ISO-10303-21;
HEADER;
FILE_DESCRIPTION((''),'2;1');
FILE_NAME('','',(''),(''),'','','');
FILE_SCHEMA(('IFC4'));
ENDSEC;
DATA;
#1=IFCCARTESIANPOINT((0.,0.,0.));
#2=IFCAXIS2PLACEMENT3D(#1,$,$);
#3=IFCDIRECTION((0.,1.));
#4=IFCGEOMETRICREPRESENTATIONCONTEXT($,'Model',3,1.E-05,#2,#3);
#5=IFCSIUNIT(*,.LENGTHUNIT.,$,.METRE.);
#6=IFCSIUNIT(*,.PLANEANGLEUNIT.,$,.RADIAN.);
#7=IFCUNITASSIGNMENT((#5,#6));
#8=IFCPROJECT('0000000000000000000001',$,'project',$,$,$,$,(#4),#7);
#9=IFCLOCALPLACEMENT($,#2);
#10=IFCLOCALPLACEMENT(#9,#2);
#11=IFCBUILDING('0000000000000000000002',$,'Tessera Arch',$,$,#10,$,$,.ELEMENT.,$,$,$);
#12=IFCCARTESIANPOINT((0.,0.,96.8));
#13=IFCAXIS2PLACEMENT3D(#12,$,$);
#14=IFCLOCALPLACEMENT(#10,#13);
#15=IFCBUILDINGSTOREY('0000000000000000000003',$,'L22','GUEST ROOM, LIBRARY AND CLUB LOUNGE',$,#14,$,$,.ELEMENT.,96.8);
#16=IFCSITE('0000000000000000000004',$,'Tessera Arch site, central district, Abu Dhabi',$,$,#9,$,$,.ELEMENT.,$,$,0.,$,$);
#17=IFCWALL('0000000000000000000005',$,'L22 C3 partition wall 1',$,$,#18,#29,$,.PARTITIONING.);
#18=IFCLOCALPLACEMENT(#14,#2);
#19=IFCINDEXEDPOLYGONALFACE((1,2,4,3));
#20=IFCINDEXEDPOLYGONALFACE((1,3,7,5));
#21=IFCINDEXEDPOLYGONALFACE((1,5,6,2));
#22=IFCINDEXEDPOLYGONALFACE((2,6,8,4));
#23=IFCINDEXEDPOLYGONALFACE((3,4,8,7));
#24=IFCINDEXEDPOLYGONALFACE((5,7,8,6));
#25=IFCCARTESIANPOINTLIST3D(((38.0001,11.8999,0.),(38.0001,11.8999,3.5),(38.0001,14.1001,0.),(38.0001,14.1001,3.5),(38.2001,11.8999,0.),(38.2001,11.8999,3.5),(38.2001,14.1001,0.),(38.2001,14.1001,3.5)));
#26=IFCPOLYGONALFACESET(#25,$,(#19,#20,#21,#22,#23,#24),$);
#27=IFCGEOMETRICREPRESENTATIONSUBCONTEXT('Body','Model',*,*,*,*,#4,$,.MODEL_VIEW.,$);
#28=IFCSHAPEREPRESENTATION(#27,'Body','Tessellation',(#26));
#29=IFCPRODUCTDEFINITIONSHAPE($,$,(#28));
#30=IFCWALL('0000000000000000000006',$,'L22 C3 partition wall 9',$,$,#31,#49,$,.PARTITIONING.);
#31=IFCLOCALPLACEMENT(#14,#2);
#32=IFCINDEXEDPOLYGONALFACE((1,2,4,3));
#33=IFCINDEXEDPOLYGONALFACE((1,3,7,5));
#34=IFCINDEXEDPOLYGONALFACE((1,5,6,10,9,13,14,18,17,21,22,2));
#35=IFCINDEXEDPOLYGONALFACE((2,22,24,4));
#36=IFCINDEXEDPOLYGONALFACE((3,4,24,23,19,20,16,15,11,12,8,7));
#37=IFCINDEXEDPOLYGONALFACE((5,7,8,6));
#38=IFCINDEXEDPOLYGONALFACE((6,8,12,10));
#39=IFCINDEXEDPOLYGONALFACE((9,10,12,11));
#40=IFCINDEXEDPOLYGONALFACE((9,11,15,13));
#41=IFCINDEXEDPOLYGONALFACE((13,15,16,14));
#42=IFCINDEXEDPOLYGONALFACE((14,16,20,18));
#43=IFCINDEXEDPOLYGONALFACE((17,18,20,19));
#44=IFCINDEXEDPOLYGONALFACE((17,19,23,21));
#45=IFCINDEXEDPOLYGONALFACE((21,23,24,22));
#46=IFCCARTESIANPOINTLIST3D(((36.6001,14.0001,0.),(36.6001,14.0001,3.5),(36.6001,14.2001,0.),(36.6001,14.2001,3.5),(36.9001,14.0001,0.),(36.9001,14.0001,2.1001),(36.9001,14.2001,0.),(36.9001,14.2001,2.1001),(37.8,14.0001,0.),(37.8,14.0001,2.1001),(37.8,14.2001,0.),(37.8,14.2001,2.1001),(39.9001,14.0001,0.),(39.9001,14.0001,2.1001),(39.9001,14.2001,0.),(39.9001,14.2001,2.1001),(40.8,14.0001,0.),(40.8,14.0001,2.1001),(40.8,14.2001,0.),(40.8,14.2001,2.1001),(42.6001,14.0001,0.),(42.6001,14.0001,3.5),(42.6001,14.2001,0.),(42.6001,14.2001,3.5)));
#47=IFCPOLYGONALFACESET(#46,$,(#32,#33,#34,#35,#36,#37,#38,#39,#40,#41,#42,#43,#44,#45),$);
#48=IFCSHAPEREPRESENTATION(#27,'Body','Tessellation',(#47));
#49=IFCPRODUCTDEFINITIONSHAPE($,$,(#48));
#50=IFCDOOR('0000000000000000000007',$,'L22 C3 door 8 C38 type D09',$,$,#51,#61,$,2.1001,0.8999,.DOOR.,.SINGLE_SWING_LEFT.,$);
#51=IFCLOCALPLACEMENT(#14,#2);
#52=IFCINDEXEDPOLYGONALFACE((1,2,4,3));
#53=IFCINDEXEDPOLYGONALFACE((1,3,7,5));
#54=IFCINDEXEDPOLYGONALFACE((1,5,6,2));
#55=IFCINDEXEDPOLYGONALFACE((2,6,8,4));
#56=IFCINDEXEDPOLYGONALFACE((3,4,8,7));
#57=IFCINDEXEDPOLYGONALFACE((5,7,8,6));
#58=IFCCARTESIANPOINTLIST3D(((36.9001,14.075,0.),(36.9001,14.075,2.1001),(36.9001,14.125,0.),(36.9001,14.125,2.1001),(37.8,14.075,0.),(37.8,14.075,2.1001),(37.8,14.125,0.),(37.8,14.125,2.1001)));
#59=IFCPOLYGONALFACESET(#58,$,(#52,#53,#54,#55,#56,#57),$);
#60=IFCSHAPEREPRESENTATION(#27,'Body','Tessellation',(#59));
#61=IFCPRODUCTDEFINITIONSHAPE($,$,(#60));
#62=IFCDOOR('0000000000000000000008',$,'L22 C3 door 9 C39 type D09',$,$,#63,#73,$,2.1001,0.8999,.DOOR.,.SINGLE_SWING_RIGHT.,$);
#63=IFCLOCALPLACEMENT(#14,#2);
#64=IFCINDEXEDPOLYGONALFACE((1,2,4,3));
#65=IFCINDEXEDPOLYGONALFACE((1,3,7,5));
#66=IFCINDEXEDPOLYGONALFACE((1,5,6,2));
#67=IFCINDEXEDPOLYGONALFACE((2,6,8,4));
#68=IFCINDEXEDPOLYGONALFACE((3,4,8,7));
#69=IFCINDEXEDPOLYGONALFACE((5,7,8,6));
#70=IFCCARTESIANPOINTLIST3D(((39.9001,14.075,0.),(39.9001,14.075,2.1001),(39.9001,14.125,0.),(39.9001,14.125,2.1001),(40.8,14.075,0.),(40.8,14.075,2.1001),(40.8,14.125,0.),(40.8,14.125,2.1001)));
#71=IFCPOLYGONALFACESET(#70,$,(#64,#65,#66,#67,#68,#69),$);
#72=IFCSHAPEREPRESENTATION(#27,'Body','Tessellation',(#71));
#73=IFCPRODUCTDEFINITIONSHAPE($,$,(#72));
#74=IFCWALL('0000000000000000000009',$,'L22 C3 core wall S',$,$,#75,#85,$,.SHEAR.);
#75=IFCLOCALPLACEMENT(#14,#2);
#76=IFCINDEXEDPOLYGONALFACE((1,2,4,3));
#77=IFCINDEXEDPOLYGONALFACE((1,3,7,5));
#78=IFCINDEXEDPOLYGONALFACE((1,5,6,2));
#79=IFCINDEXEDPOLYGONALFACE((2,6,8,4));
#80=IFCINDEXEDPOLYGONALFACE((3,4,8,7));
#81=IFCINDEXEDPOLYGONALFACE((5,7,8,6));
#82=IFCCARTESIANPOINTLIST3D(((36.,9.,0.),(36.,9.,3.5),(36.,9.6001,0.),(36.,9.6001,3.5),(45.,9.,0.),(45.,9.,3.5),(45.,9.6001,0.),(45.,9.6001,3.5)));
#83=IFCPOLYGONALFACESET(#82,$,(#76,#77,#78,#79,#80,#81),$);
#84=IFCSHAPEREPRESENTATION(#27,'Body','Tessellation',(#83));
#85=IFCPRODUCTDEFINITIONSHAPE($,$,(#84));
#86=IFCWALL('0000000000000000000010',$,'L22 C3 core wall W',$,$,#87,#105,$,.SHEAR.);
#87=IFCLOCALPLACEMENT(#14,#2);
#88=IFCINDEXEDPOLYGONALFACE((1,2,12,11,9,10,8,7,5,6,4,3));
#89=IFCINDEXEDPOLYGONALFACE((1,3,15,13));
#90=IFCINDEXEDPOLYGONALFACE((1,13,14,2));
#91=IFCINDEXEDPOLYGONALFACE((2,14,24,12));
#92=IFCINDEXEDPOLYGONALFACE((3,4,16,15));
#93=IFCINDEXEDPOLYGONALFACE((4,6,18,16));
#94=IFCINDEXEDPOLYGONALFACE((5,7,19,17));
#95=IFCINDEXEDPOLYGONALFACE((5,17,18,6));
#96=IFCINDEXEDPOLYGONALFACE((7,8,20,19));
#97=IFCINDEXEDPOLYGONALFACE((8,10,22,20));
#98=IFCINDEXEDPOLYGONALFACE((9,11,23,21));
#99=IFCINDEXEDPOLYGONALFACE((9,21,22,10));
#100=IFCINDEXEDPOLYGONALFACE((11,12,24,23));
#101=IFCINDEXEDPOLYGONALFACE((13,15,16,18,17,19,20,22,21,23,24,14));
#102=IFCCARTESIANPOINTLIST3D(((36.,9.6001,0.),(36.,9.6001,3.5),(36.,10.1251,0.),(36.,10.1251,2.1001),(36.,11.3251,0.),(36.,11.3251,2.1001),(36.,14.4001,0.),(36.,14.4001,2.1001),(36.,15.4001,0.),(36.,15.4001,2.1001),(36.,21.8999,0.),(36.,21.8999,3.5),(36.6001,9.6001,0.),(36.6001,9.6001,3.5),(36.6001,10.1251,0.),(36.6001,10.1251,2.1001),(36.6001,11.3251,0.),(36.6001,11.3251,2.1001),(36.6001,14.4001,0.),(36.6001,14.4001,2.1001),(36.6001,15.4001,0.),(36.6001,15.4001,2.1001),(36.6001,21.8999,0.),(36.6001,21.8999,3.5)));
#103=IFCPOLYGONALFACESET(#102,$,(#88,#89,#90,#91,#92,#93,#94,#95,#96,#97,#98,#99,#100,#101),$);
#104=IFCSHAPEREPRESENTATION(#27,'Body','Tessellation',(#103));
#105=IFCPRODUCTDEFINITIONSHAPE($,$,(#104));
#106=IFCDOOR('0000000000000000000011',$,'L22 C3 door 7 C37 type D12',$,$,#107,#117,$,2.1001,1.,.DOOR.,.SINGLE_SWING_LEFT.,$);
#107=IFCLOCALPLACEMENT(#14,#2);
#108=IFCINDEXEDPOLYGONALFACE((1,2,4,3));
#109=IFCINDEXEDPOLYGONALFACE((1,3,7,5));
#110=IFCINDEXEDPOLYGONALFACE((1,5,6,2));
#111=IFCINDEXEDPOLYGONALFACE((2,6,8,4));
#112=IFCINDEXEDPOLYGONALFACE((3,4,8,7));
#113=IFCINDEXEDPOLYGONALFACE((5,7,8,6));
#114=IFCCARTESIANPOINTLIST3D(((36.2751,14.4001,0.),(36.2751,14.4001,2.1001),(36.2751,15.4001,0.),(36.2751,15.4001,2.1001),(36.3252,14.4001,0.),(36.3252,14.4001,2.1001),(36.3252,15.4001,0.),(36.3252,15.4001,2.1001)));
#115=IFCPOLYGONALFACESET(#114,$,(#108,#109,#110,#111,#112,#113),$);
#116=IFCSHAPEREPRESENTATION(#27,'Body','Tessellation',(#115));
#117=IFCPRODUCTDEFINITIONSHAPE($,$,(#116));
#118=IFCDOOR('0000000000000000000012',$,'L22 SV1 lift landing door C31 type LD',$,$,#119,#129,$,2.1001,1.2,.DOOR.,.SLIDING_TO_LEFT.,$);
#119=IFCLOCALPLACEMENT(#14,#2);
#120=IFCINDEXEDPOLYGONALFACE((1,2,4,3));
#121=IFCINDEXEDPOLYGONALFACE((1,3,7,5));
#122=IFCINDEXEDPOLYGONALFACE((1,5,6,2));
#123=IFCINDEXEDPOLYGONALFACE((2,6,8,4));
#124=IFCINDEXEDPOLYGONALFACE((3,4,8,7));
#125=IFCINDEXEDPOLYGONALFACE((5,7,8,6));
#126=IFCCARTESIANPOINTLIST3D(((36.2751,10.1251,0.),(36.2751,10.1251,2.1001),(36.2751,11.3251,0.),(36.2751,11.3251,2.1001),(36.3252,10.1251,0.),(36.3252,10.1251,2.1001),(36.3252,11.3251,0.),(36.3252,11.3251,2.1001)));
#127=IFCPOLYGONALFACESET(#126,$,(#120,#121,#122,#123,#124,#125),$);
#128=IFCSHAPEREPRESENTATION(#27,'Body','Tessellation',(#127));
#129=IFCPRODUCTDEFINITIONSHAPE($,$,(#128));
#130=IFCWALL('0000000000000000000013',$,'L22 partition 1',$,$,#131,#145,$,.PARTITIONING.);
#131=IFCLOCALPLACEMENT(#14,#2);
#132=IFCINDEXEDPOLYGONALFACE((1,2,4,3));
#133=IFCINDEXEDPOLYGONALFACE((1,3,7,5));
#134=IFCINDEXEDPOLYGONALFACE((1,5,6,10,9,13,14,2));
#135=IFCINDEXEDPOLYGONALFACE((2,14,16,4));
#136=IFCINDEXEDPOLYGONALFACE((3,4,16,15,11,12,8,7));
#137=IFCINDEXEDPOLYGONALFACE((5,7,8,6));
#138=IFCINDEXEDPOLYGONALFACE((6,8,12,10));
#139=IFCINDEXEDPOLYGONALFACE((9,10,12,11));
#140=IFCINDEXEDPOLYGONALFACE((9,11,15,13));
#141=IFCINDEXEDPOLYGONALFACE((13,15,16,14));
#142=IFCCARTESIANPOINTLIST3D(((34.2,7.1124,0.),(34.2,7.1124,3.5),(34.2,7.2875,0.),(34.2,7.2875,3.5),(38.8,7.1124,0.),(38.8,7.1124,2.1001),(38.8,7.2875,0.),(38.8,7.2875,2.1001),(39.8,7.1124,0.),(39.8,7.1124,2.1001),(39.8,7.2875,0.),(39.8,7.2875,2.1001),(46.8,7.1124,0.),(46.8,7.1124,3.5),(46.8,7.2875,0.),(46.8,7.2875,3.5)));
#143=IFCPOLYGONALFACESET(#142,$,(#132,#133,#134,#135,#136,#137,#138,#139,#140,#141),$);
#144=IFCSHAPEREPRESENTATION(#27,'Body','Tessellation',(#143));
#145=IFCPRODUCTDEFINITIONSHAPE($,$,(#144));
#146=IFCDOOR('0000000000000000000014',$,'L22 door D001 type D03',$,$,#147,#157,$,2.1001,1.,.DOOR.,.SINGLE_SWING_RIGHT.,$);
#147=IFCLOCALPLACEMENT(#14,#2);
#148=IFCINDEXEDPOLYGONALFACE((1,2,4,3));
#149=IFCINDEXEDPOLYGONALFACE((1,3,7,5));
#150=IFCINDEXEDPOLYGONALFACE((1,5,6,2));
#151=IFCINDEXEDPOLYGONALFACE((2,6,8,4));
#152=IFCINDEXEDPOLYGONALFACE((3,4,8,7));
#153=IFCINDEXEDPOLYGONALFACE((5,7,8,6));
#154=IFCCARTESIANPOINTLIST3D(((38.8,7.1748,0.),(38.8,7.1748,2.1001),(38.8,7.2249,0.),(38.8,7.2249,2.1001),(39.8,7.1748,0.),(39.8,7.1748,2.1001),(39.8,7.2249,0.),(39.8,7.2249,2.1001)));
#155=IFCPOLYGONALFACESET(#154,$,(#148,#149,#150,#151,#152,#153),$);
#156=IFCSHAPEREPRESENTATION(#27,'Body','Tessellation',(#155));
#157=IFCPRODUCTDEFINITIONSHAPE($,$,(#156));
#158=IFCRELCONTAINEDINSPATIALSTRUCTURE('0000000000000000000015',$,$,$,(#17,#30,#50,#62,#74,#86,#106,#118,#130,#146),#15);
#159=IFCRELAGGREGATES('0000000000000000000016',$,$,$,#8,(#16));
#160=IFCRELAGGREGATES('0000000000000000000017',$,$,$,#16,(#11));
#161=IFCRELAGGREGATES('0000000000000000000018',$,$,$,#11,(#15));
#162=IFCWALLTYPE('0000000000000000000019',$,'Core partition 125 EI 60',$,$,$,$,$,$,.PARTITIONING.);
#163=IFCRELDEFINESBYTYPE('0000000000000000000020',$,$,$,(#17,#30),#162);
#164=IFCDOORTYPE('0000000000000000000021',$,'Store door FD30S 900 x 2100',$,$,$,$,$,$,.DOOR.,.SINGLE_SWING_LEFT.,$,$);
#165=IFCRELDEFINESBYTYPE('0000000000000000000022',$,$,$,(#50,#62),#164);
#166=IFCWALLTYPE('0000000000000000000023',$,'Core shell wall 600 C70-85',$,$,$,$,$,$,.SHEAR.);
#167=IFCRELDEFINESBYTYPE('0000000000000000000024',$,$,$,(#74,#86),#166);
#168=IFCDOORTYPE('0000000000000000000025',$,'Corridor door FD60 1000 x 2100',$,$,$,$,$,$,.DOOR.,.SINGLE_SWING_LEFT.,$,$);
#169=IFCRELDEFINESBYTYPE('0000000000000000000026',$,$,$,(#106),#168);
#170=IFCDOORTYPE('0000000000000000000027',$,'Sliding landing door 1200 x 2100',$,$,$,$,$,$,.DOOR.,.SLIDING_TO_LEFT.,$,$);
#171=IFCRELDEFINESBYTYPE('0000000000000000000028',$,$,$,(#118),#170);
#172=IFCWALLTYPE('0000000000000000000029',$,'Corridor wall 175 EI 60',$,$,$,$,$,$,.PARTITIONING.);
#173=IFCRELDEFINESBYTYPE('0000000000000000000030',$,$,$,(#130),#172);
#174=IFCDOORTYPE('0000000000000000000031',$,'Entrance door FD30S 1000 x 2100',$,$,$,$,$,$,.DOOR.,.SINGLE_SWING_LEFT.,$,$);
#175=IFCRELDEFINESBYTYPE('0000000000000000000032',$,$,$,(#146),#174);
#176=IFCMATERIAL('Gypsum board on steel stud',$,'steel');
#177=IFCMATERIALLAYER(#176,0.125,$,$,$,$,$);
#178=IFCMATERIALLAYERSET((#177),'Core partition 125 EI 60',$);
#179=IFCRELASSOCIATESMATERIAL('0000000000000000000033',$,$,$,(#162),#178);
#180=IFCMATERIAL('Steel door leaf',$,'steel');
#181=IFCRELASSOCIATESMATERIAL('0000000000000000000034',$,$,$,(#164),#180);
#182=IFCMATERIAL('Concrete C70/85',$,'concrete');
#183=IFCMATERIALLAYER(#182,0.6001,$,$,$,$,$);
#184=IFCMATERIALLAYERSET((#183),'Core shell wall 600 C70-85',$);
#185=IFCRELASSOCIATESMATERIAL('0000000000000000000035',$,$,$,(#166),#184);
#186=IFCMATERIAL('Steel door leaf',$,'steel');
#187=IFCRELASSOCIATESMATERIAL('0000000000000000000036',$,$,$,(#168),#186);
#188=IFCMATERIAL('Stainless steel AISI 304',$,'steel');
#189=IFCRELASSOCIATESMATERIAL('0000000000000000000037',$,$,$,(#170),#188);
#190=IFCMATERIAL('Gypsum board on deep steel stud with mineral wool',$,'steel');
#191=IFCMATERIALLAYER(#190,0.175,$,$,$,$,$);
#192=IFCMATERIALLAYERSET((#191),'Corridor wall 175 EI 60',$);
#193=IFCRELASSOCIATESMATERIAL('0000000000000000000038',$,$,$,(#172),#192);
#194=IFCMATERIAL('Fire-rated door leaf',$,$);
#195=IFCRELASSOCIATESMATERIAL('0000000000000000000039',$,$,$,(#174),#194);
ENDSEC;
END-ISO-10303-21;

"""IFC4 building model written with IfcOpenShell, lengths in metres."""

from ifc_helpers import new_model, si_unit, direction, frame, frame_2d, origin, place, context, subcontext, project, spatial, rectangle, extrude, material, layer, layer_set, type_object, element, fill, save


model = new_model("IFC4")

# Units and contexts
model_context = context("Model", 3, precision=1e-05, world=origin(), true_north=direction((0.0, 1.0)))
body_context = subcontext(model_context, "Body", "Model", "MODEL_VIEW")
ifc_project = project(units=[si_unit("LENGTHUNIT", "METRE"), si_unit("PLANEANGLEUNIT", "RADIAN")], contexts=[model_context])

# Site, building, storey
site_placement = place(None, origin())
site = spatial("IfcSite", under=ifc_project, at=site_placement, Name="Tessera Arch site, central district, Abu Dhabi", CompositionType="ELEMENT", RefElevation=0.0)
building_placement = place(site_placement, origin())
building = spatial("IfcBuilding", under=site, at=building_placement, Name="Tessera Arch", CompositionType="ELEMENT")
storey_placement = place(building_placement, frame((0.0, 0.0, 96.8)))
storey = spatial("IfcBuildingStorey", under=building, at=storey_placement, Name="L22", Description="GUEST ROOM, LIBRARY AND CLUB LOUNGE", CompositionType="ELEMENT", Elevation=96.8)

# Wall
ifc_material_1 = material(Name="Gypsum board on steel stud", Category="steel")
ifc_layer_1 = layer(ifc_material_1, 0.125)
ifc_layer_set_1 = layer_set([ifc_layer_1], Name="Core partition 125 EI 60")
wall_type_1 = type_object("IfcWallType", Name="Core partition 125 EI 60", PredefinedType="PARTITIONING", material=ifc_layer_set_1)
wall_1_placement = place(storey_placement, frame((38.1001, 11.8999, 0.0), z_axis=(0.0, 0.0, 1.0), x_axis=(0.0, 1.0, 0.0)))
element("IfcWall", 1, at=wall_1_placement, inside=storey, type_object=wall_type_1, Name="L22 C3 partition wall 1", PredefinedType="PARTITIONING", context=body_context, shape_type="SweptSolid", body=[
    extrude(rectangle(XDim=2.2002, YDim=0.2, at=frame_2d((1.1001, 0.0))), origin(), (0.0, 0.0, 1.0), 3.5),
])

# Wall, openings, doors
wall_2_placement = place(storey_placement, frame((36.6001, 14.1001, 0.0), z_axis=(0.0, 0.0, 1.0), x_axis=(1.0, 0.0, 0.0)))
wall_2 = element("IfcWall", 2, at=wall_2_placement, inside=storey, type_object=wall_type_1, Name="L22 C3 partition wall 9", PredefinedType="PARTITIONING", context=body_context, shape_type="SweptSolid", body=[
    extrude(rectangle(XDim=6.0, YDim=0.2, at=frame_2d((3.0, 0.0))), origin(), (0.0, 0.0, 1.0), 3.5),
])
opening_1_placement = place(wall_2_placement, frame((0.3, 0.0, 0.0)))
opening_1 = element("IfcOpeningElement", 3, at=opening_1_placement, cuts=wall_2, PredefinedType="OPENING", context=body_context, shape_type="SweptSolid", body=[
    extrude(rectangle(XDim=0.8999, YDim=2.1001, at=frame_2d((0.45, 1.05))), frame((0.0, 0.1099, 0.0), z_axis=(0.0, -1.0, 0.0), x_axis=(1.0, 0.0, 0.0)), (0.0, 0.0, 1.0), 0.22),
])
opening_2_placement = place(wall_2_placement, frame((3.3, 0.0, 0.0)))
opening_2 = element("IfcOpeningElement", 4, at=opening_2_placement, cuts=wall_2, PredefinedType="OPENING", context=body_context, shape_type="SweptSolid", body=[
    extrude(rectangle(XDim=0.8999, YDim=2.1001, at=frame_2d((0.45, 1.05))), frame((0.0, 0.1099, 0.0), z_axis=(0.0, -1.0, 0.0), x_axis=(1.0, 0.0, 0.0)), (0.0, 0.0, 1.0), 0.22),
])
ifc_material_2 = material(Name="Steel door leaf", Category="steel")
door_type_1 = type_object("IfcDoorType", Name="Store door FD30S 900 x 2100", OperationType="SINGLE_SWING_LEFT", PredefinedType="DOOR", material=ifc_material_2)
door_1_placement = place(opening_1_placement, origin())
door_1 = element("IfcDoor", 5, at=door_1_placement, inside=storey, type_object=door_type_1, Name="L22 C3 door 8 C38 type D09", OperationType="SINGLE_SWING_LEFT", OverallHeight=2.1001, OverallWidth=0.8999, PredefinedType="DOOR", context=body_context, shape_type="SweptSolid", body=[
    extrude(rectangle(XDim=0.8999, YDim=2.1001, at=frame_2d((0.45, 1.05))), frame((0.0, 0.0249, 0.0), z_axis=(0.0, -1.0, 0.0), x_axis=(1.0, 0.0, 0.0)), (0.0, 0.0, 1.0), 0.05),
])
fill(opening_1, door_1)
door_2_placement = place(opening_2_placement, origin())
door_2 = element("IfcDoor", 6, at=door_2_placement, inside=storey, type_object=door_type_1, Name="L22 C3 door 9 C39 type D09", OperationType="SINGLE_SWING_RIGHT", OverallHeight=2.1001, OverallWidth=0.8999, PredefinedType="DOOR", context=body_context, shape_type="SweptSolid", body=[
    extrude(rectangle(XDim=0.8999, YDim=2.1001, at=frame_2d((0.45, 1.05))), frame((0.0, 0.0249, 0.0), z_axis=(0.0, -1.0, 0.0), x_axis=(1.0, 0.0, 0.0)), (0.0, 0.0, 1.0), 0.05),
])
fill(opening_2, door_2)

# Wall
ifc_material_3 = material(Name="Concrete C70/85", Category="concrete")
ifc_layer_2 = layer(ifc_material_3, 0.6001)
ifc_layer_set_2 = layer_set([ifc_layer_2], Name="Core shell wall 600 C70-85")
wall_type_2 = type_object("IfcWallType", Name="Core shell wall 600 C70-85", PredefinedType="SHEAR", material=ifc_layer_set_2)
wall_3_placement = place(storey_placement, frame((36.0, 9.3, 0.0), z_axis=(0.0, 0.0, 1.0), x_axis=(1.0, 0.0, 0.0)))
element("IfcWall", 7, at=wall_3_placement, inside=storey, type_object=wall_type_2, Name="L22 C3 core wall S", PredefinedType="SHEAR", context=body_context, shape_type="SweptSolid", body=[
    extrude(rectangle(XDim=9.0, YDim=0.6001, at=frame_2d((4.5, 0.0))), origin(), (0.0, 0.0, 1.0), 3.5),
])

# Wall, openings, doors
wall_4_placement = place(storey_placement, frame((36.3, 9.6001, 0.0), z_axis=(0.0, 0.0, 1.0), x_axis=(0.0, 1.0, 0.0)))
wall_4 = element("IfcWall", 8, at=wall_4_placement, inside=storey, type_object=wall_type_2, Name="L22 C3 core wall W", PredefinedType="SHEAR", context=body_context, shape_type="SweptSolid", body=[
    extrude(rectangle(XDim=12.2998, YDim=0.6001, at=frame_2d((6.1499, 0.0))), origin(), (0.0, 0.0, 1.0), 3.5),
])
opening_3_placement = place(wall_4_placement, frame((0.5249, 0.0, 0.0)))
opening_3 = element("IfcOpeningElement", 9, at=opening_3_placement, cuts=wall_4, PredefinedType="OPENING", context=body_context, shape_type="SweptSolid", body=[
    extrude(rectangle(XDim=1.2, YDim=2.1001, at=frame_2d((0.6001, 1.05))), frame((0.0, 0.3101, 0.0), z_axis=(0.0, -1.0, 0.0), x_axis=(1.0, 0.0, 0.0)), (0.0, 0.0, 1.0), 0.6201),
])
opening_4_placement = place(wall_4_placement, frame((4.8, 0.0, 0.0)))
opening_4 = element("IfcOpeningElement", 10, at=opening_4_placement, cuts=wall_4, PredefinedType="OPENING", context=body_context, shape_type="SweptSolid", body=[
    extrude(rectangle(XDim=1.0, YDim=2.1001, at=frame_2d((0.5, 1.05))), frame((0.0, 0.3101, 0.0), z_axis=(0.0, -1.0, 0.0), x_axis=(1.0, 0.0, 0.0)), (0.0, 0.0, 1.0), 0.6201),
])
ifc_material_4 = material(Name="Steel door leaf", Category="steel")
door_type_2 = type_object("IfcDoorType", Name="Corridor door FD60 1000 x 2100", OperationType="SINGLE_SWING_LEFT", PredefinedType="DOOR", material=ifc_material_4)
door_3_placement = place(opening_4_placement, origin())
door_3 = element("IfcDoor", 11, at=door_3_placement, inside=storey, type_object=door_type_2, Name="L22 C3 door 7 C37 type D12", OperationType="SINGLE_SWING_LEFT", OverallHeight=2.1001, OverallWidth=1.0, PredefinedType="DOOR", context=body_context, shape_type="SweptSolid", body=[
    extrude(rectangle(XDim=1.0, YDim=2.1001, at=frame_2d((0.5, 1.05))), frame((0.0, 0.0249, 0.0), z_axis=(0.0, -1.0, 0.0), x_axis=(1.0, 0.0, 0.0)), (0.0, 0.0, 1.0), 0.05),
])
fill(opening_4, door_3)
ifc_material_5 = material(Name="Stainless steel AISI 304", Category="steel")
door_type_3 = type_object("IfcDoorType", Name="Sliding landing door 1200 x 2100", OperationType="SLIDING_TO_LEFT", PredefinedType="DOOR", material=ifc_material_5)
door_4_placement = place(opening_3_placement, origin())
door_4 = element("IfcDoor", 12, at=door_4_placement, inside=storey, type_object=door_type_3, Name="L22 SV1 lift landing door C31 type LD", OperationType="SLIDING_TO_LEFT", OverallHeight=2.1001, OverallWidth=1.2, PredefinedType="DOOR", context=body_context, shape_type="SweptSolid", body=[
    extrude(rectangle(XDim=1.2, YDim=2.1001, at=frame_2d((0.6001, 1.05))), frame((0.0, 0.0249, 0.0), z_axis=(0.0, -1.0, 0.0), x_axis=(1.0, 0.0, 0.0)), (0.0, 0.0, 1.0), 0.05),
])
fill(opening_3, door_4)

# Wall, opening, door
ifc_material_6 = material(Name="Gypsum board on deep steel stud with mineral wool", Category="steel")
ifc_layer_3 = layer(ifc_material_6, 0.175)
ifc_layer_set_3 = layer_set([ifc_layer_3], Name="Corridor wall 175 EI 60")
wall_type_3 = type_object("IfcWallType", Name="Corridor wall 175 EI 60", PredefinedType="PARTITIONING", material=ifc_layer_set_3)
wall_5_placement = place(storey_placement, frame((34.2, 7.2, 0.0), z_axis=(0.0, 0.0, 1.0), x_axis=(1.0, 0.0, 0.0)))
wall_5 = element("IfcWall", 13, at=wall_5_placement, inside=storey, type_object=wall_type_3, Name="L22 partition 1", PredefinedType="PARTITIONING", context=body_context, shape_type="SweptSolid", body=[
    extrude(rectangle(XDim=12.6001, YDim=0.175, at=frame_2d((6.3, 0.0))), origin(), (0.0, 0.0, 1.0), 3.5),
])
opening_5_placement = place(wall_5_placement, frame((4.6001, 0.0, 0.0)))
opening_5 = element("IfcOpeningElement", 14, at=opening_5_placement, cuts=wall_5, PredefinedType="OPENING", context=body_context, shape_type="SweptSolid", body=[
    extrude(rectangle(XDim=1.0, YDim=2.1001, at=frame_2d((0.5, 1.05))), frame((0.0, 0.0974, 0.0), z_axis=(0.0, -1.0, 0.0), x_axis=(1.0, 0.0, 0.0)), (0.0, 0.0, 1.0), 0.1951),
])
ifc_material_7 = material(Name="Fire-rated door leaf")
door_type_4 = type_object("IfcDoorType", Name="Entrance door FD30S 1000 x 2100", OperationType="SINGLE_SWING_LEFT", PredefinedType="DOOR", material=ifc_material_7)
door_5_placement = place(opening_5_placement, origin())
door_5 = element("IfcDoor", 15, at=door_5_placement, inside=storey, type_object=door_type_4, Name="L22 door D001 type D03", OperationType="SINGLE_SWING_RIGHT", OverallHeight=2.1001, OverallWidth=1.0, PredefinedType="DOOR", context=body_context, shape_type="SweptSolid", body=[
    extrude(rectangle(XDim=1.0, YDim=2.1001, at=frame_2d((0.5, 1.05))), frame((0.0, 0.0249, 0.0), z_axis=(0.0, -1.0, 0.0), x_axis=(1.0, 0.0, 0.0)), (0.0, 0.0, 1.0), 0.05),
])
fill(opening_5, door_5)

save(model, "model.ifc")
